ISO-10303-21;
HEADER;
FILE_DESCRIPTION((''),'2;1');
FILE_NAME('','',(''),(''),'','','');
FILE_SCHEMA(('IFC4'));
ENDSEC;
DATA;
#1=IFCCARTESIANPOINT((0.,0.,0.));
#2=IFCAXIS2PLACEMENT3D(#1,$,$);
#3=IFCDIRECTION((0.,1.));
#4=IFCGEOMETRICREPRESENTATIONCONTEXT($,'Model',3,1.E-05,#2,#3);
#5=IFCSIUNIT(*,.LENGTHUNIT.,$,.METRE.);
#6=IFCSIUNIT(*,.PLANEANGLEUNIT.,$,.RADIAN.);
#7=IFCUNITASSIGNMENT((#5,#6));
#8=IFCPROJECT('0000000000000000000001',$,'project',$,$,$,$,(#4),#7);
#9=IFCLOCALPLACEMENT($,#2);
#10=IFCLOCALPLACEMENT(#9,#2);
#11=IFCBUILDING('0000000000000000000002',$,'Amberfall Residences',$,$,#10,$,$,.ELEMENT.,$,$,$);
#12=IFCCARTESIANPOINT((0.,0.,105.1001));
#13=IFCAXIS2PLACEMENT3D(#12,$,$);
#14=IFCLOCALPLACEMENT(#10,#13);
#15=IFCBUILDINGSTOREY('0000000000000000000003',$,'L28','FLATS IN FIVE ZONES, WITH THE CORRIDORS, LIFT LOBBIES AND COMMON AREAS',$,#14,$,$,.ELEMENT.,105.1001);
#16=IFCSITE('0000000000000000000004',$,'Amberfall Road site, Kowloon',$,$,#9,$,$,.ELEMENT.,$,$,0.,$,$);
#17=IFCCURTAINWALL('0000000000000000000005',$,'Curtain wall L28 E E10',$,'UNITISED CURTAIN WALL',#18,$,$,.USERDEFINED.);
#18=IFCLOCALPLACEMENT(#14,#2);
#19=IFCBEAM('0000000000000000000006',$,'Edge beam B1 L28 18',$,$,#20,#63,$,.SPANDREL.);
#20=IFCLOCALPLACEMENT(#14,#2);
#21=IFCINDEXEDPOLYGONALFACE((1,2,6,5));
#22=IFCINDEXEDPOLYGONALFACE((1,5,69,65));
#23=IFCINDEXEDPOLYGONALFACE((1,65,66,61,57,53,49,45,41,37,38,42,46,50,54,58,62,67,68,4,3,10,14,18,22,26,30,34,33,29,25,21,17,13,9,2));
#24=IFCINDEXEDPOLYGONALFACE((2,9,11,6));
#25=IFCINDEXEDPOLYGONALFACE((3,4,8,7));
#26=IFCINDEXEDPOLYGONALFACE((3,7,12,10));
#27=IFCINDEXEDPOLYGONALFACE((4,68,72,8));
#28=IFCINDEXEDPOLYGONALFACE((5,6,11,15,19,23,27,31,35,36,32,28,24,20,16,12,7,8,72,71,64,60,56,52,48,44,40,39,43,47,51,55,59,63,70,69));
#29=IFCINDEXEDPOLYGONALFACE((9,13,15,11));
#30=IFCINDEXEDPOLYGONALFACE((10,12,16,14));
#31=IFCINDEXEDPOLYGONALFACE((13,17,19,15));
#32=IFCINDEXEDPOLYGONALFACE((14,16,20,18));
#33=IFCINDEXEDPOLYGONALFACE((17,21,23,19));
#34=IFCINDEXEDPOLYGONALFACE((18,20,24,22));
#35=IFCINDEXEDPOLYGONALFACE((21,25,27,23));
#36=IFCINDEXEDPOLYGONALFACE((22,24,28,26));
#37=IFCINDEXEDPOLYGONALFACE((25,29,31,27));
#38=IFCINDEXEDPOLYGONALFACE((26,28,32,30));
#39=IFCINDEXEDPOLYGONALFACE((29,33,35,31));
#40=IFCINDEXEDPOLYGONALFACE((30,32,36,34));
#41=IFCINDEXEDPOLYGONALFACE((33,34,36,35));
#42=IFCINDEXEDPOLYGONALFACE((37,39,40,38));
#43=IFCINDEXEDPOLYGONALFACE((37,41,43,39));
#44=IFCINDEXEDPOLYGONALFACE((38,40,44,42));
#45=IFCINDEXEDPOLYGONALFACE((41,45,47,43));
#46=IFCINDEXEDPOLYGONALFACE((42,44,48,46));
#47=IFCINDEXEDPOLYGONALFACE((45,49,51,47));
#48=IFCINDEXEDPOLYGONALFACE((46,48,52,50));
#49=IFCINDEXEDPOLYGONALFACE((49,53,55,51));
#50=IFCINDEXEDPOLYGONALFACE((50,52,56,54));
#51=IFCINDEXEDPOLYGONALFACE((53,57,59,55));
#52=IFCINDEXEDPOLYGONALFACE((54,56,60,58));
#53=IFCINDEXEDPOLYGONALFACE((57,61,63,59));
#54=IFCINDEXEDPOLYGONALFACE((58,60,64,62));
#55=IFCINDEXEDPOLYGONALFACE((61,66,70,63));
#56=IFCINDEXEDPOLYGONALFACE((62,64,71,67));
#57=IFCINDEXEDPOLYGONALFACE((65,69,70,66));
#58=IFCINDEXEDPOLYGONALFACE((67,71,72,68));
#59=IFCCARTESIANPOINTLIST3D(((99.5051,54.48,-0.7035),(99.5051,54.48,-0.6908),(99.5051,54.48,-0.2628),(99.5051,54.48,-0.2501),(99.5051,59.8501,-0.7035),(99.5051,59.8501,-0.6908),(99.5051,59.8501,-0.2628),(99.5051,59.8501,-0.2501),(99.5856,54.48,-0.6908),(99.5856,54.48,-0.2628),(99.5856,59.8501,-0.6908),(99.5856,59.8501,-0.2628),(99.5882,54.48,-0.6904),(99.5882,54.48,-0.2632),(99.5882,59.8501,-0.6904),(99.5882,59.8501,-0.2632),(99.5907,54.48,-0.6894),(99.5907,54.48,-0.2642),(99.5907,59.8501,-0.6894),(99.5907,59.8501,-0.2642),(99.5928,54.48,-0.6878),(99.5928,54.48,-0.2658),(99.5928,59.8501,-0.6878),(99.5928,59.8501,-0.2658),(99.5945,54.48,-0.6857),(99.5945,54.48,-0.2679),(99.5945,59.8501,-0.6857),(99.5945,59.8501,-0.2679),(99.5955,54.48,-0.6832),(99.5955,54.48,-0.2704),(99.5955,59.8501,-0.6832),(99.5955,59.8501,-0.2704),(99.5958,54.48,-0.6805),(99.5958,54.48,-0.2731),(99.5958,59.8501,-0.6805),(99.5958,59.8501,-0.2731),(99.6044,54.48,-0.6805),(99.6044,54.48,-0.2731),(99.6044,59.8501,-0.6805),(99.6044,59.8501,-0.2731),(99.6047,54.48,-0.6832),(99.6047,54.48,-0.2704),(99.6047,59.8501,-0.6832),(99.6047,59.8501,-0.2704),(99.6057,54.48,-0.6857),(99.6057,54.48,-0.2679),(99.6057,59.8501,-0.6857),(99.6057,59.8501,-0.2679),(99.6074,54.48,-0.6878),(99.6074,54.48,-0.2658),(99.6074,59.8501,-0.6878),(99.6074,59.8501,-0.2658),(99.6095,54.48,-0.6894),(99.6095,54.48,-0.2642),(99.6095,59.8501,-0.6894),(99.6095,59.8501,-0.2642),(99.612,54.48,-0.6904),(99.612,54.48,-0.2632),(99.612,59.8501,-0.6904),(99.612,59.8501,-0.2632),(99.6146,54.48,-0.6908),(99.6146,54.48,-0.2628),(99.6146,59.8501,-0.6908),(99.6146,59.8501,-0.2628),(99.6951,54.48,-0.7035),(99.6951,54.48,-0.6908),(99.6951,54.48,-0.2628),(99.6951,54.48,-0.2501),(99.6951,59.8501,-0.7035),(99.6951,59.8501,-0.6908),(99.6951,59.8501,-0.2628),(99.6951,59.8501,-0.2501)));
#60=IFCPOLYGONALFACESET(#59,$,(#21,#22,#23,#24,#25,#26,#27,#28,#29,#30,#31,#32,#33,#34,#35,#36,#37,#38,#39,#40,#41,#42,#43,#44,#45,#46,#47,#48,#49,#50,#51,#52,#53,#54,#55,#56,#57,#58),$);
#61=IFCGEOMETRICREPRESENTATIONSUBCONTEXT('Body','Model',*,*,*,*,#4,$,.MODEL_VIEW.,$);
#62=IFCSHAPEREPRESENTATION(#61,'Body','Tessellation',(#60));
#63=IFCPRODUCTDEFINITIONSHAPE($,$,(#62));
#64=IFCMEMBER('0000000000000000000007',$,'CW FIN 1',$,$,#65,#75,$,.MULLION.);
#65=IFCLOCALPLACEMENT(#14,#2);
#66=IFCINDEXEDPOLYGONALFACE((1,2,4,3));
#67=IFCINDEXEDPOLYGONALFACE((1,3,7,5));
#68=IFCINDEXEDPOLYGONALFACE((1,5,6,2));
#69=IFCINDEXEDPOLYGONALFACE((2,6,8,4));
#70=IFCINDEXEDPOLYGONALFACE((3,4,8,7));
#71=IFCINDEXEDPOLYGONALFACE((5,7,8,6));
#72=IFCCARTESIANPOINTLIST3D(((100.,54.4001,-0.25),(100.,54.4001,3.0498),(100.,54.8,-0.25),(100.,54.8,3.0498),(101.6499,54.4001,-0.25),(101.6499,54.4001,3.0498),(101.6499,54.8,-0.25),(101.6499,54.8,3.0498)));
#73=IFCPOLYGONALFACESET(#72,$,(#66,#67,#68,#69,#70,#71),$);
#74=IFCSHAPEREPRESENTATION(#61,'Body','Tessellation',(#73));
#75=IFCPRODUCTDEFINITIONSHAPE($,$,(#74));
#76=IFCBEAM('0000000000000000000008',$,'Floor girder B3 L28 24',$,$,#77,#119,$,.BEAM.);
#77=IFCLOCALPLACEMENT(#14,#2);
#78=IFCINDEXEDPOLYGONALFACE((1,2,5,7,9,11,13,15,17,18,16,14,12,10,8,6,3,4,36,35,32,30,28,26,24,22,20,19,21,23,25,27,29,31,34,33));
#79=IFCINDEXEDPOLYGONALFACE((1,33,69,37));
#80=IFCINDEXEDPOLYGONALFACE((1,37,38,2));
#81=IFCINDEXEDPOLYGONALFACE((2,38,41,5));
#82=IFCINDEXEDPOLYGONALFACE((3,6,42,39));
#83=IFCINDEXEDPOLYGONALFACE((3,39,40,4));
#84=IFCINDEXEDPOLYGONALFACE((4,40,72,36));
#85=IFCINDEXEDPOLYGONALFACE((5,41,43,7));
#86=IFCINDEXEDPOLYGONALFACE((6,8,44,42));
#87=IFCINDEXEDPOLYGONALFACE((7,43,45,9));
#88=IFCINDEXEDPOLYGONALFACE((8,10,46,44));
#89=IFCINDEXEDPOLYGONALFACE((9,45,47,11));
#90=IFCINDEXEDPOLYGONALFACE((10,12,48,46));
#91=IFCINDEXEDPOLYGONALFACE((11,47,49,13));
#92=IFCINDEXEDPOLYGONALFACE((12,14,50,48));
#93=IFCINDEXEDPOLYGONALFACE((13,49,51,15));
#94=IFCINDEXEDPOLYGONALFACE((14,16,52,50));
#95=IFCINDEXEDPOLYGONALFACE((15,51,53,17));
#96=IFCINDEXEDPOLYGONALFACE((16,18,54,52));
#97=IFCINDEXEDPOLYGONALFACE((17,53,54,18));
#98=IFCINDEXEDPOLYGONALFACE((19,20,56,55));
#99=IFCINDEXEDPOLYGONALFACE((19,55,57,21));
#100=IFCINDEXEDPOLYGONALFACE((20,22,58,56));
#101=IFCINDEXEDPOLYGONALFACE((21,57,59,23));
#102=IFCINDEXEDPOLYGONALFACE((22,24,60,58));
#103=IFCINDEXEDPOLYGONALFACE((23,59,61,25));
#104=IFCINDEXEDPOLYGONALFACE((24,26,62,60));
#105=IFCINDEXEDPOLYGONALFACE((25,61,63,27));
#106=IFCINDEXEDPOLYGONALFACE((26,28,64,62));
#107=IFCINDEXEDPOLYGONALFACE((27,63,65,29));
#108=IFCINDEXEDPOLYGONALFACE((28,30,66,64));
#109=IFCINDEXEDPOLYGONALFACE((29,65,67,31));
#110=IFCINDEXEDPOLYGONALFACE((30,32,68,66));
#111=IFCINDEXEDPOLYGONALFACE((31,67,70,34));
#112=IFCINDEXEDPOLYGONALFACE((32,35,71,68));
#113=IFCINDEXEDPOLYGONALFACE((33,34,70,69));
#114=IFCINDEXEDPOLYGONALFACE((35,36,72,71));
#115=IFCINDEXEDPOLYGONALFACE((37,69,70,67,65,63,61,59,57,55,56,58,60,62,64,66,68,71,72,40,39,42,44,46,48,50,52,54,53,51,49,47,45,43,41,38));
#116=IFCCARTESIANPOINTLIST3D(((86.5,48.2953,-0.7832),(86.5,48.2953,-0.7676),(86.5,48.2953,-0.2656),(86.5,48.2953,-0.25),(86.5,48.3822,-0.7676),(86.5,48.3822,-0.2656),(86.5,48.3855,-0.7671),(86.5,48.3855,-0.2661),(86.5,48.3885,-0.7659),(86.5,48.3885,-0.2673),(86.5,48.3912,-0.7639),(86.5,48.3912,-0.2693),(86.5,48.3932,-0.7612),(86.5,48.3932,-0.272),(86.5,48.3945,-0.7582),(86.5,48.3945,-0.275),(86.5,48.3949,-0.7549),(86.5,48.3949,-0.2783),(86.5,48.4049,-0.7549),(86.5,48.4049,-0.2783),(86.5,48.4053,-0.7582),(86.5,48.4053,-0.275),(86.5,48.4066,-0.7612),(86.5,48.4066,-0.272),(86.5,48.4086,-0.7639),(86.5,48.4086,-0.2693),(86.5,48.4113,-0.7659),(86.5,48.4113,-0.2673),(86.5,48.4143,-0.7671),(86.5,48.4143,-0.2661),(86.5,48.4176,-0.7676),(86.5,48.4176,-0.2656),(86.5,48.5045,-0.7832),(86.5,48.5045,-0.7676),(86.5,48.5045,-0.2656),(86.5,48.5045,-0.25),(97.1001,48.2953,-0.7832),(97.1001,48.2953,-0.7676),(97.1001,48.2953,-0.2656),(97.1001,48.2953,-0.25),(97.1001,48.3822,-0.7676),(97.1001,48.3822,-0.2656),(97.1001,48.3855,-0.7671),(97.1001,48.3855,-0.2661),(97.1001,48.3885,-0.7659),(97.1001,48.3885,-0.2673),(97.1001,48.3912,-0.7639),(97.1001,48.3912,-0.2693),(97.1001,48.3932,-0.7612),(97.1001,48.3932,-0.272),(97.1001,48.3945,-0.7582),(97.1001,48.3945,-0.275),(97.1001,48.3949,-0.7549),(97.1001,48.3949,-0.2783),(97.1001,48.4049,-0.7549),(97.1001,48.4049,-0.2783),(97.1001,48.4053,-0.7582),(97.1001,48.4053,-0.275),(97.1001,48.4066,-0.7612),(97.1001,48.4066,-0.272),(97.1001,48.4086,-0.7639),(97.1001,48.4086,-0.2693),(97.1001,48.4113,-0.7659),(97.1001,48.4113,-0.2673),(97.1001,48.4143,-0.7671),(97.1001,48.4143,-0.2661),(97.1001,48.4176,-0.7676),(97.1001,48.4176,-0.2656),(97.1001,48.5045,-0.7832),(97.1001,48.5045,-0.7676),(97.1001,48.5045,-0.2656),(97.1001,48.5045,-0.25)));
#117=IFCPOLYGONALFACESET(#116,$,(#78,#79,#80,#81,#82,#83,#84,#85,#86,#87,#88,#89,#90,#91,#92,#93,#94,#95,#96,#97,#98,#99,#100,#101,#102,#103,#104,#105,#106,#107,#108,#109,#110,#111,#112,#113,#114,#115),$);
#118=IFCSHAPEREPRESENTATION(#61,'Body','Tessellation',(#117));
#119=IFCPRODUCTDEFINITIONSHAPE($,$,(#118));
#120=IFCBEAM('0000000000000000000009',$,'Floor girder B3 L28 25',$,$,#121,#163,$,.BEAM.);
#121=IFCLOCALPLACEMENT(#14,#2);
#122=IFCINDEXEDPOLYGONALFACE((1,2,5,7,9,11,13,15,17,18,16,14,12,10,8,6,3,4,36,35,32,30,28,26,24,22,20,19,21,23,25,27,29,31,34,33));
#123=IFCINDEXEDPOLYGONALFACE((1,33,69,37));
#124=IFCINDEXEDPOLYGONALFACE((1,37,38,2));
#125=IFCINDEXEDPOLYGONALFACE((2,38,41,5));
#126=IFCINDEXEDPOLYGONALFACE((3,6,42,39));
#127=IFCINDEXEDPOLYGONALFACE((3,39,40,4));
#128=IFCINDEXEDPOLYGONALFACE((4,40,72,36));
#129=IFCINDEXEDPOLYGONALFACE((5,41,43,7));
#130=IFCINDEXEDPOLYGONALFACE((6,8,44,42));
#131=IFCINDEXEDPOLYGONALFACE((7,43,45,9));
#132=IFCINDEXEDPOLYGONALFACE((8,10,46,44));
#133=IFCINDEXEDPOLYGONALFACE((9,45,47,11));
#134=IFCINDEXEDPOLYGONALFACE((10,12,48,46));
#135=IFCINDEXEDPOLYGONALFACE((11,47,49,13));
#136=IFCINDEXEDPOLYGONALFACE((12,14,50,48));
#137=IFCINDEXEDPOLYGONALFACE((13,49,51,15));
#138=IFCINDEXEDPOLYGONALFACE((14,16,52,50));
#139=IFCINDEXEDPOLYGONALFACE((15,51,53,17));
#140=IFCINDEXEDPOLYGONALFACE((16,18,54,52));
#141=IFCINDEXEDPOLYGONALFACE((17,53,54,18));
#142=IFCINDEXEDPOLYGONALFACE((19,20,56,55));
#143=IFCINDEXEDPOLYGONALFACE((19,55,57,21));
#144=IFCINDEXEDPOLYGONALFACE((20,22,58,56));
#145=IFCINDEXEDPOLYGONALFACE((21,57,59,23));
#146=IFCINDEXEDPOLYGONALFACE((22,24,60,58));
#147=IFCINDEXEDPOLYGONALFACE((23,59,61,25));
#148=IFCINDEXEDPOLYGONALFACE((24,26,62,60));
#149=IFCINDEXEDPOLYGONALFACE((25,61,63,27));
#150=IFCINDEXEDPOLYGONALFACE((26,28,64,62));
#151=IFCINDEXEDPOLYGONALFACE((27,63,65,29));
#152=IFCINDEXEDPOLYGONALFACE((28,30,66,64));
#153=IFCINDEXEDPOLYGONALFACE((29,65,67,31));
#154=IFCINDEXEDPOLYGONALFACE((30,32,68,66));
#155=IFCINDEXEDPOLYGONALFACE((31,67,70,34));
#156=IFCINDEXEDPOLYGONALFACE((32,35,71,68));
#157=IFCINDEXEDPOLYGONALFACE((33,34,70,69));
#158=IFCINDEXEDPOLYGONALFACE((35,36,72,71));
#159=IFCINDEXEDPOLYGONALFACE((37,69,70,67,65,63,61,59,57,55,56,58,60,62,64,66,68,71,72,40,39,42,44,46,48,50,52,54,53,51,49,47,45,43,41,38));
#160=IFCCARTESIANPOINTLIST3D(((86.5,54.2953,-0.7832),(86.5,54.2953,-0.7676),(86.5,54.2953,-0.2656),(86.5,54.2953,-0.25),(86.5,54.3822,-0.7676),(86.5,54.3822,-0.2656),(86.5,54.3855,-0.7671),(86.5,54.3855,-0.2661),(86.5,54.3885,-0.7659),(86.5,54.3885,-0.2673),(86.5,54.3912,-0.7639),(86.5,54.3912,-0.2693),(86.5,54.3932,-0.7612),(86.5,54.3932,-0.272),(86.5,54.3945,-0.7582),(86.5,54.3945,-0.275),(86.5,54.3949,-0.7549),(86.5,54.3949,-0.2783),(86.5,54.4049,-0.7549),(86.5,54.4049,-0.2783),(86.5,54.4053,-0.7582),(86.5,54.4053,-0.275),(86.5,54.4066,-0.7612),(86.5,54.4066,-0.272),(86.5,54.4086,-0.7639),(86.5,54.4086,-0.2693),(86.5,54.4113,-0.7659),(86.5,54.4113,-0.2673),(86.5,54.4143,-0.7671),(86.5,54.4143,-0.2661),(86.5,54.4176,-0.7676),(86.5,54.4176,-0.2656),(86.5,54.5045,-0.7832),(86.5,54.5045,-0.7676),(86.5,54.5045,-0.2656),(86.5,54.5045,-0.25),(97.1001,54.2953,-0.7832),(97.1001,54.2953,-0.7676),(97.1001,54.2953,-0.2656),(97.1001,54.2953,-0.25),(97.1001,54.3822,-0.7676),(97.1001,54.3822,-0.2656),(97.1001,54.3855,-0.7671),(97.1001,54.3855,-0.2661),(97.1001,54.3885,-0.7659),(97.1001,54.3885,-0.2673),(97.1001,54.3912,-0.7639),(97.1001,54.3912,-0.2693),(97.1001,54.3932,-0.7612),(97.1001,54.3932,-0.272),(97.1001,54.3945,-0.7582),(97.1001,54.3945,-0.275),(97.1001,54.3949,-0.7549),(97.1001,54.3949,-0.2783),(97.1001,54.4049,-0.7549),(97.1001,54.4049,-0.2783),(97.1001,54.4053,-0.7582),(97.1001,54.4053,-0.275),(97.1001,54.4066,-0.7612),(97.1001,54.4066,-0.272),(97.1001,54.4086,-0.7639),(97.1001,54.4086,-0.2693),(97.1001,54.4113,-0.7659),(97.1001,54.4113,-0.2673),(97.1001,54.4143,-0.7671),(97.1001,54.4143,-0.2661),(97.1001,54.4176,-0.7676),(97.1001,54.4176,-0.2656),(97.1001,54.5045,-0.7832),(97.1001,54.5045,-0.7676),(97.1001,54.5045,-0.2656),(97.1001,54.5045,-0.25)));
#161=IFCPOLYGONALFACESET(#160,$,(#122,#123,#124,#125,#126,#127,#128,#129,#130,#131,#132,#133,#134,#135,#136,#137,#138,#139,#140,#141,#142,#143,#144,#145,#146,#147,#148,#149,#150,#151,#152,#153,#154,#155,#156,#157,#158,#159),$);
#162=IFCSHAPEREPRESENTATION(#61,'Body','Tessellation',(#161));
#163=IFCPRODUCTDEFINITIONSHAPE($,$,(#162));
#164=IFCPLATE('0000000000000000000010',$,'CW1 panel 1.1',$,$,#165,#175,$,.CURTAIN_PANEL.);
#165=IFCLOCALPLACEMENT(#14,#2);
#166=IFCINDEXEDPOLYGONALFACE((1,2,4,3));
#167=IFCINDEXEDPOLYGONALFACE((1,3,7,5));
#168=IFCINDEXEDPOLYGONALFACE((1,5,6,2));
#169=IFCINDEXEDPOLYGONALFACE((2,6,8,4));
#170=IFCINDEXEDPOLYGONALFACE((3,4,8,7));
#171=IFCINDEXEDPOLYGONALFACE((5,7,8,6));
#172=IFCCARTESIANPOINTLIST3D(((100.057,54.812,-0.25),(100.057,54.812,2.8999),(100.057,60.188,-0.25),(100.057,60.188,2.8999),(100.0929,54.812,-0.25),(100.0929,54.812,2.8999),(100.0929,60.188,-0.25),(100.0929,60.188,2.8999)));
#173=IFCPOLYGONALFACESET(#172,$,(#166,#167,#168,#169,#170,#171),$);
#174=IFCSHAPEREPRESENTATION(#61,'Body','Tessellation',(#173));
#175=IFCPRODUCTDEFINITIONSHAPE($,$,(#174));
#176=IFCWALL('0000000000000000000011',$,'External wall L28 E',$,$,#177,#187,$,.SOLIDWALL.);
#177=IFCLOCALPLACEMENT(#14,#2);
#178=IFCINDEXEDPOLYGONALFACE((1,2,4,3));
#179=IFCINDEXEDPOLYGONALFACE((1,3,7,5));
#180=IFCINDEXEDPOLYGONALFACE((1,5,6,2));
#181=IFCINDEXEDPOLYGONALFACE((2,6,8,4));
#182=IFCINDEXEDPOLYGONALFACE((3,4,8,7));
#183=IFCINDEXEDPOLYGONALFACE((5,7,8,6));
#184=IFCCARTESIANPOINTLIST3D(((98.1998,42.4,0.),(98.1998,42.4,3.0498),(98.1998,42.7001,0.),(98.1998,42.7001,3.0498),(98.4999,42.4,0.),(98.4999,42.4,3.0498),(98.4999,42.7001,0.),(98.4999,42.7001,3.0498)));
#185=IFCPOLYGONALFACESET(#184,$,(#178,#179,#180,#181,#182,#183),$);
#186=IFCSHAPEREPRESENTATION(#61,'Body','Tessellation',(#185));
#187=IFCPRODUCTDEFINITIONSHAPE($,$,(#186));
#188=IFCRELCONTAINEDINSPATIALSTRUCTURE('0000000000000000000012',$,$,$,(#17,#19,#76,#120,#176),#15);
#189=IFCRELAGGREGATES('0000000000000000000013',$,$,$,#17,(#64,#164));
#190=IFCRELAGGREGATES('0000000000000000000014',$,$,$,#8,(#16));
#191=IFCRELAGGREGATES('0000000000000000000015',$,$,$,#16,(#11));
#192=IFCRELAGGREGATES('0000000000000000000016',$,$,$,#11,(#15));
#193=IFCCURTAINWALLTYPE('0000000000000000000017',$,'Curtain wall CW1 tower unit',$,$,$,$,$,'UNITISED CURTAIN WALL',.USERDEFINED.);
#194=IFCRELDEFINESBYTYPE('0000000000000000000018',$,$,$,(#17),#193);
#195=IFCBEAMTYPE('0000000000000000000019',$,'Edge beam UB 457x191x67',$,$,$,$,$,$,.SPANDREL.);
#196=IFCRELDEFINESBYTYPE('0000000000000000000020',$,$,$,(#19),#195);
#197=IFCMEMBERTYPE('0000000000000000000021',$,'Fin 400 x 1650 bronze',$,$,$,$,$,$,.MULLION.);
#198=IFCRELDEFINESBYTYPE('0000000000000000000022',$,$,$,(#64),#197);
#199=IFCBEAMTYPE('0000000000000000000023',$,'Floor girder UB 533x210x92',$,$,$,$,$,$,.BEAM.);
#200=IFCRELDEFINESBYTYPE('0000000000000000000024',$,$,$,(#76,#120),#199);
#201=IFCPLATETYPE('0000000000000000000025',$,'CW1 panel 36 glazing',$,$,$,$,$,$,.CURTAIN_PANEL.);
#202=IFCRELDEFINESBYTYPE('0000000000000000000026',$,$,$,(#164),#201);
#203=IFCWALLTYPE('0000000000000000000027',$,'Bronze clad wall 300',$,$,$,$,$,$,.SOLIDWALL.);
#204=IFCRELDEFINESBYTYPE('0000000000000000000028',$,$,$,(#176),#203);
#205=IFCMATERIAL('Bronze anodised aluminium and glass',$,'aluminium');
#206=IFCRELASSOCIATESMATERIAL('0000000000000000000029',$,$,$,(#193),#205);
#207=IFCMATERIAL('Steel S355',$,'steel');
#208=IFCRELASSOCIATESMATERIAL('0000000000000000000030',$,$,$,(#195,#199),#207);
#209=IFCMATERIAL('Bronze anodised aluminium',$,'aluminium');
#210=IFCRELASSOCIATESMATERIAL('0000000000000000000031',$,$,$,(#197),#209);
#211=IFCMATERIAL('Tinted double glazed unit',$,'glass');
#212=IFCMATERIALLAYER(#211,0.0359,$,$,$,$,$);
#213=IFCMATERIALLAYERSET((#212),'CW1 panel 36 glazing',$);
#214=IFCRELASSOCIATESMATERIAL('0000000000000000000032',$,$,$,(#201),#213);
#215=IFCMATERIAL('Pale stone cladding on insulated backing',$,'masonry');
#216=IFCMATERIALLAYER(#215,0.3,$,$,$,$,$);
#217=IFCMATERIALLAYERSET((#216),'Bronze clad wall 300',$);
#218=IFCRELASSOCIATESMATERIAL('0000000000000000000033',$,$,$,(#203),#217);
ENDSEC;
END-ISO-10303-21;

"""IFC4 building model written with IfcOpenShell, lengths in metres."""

from ifc_helpers import new_model, si_unit, direction, frame, frame_2d, origin, origin_2d, place, context, subcontext, project, spatial, rectangle, i_section, extrude, material, layer, layer_set, material_profile, profile_set, type_object, element, aggregate, save


model = new_model("IFC4")

# Units and contexts
model_context = context("Model", 3, precision=1e-05, world=origin(), true_north=direction((0.0, 1.0)))
body_context = subcontext(model_context, "Body", "Model", "MODEL_VIEW")
ifc_project = project(units=[si_unit("LENGTHUNIT", "METRE"), si_unit("PLANEANGLEUNIT", "RADIAN")], contexts=[model_context])

# Site, building, storey
site_placement = place(None, origin())
site = spatial("IfcSite", under=ifc_project, at=site_placement, Name="Amberfall Road site, Kowloon", CompositionType="ELEMENT", RefElevation=0.0)
building_placement = place(site_placement, origin())
building = spatial("IfcBuilding", under=site, at=building_placement, Name="Amberfall Residences", CompositionType="ELEMENT")
storey_placement = place(building_placement, frame((0.0, 0.0, 105.1001)))
storey = spatial("IfcBuildingStorey", under=building, at=storey_placement, Name="L28", Description="FLATS IN FIVE ZONES, WITH THE CORRIDORS, LIFT LOBBIES AND COMMON AREAS", CompositionType="ELEMENT", Elevation=105.1001)

# Curtain wall
ifc_material_1 = material(Name="Bronze anodised aluminium and glass", Category="aluminium")
curtain_wall_type = type_object("IfcCurtainWallType", Name="Curtain wall CW1 tower unit", ElementType="UNITISED CURTAIN WALL", PredefinedType="USERDEFINED", material=ifc_material_1)
curtain_wall_placement = place(storey_placement, origin())
curtain_wall = element("IfcCurtainWall", 1, at=curtain_wall_placement, inside=storey, type_object=curtain_wall_type, Name="Curtain wall L28 E E10", ObjectType="UNITISED CURTAIN WALL", PredefinedType="USERDEFINED")
ifc_material_2 = material(Name="Bronze anodised aluminium", Category="aluminium")

# Beam
ifc_material_3 = material(Name="Steel S355", Category="steel")
ifc_material_profile_1 = material_profile(ifc_material_3, i_section(OverallWidth=0.1899, OverallDepth=0.4534, WebThickness=0.0085, FlangeThickness=0.0127, FilletRadius=0.0103, at=origin_2d()), Name="UB 457x191x67")
ifc_profile_set_1 = profile_set([ifc_material_profile_1], Name="Steel S355")
beam_type_1 = type_object("IfcBeamType", Name="Edge beam UB 457x191x67", PredefinedType="SPANDREL", material=ifc_profile_set_1)
beam_1_placement = place(storey_placement, frame((99.6001, 54.48, -0.4768), z_axis=(0.0, 1.0, 0.0), x_axis=(-1.0, 0.0, 0.0)))
element("IfcBeam", 2, at=beam_1_placement, inside=storey, type_object=beam_type_1, Name="Edge beam B1 L28 18", PredefinedType="SPANDREL", context=body_context, shape_type="SweptSolid", body=[
    extrude(i_section(OverallWidth=0.1899, OverallDepth=0.4534, WebThickness=0.0085, FlangeThickness=0.0127, FilletRadius=0.0103, at=origin_2d()), origin(), (0.0, 0.0, 1.0), 5.3701),
])

# Member
ifc_material_profile_2 = material_profile(ifc_material_2, rectangle(XDim=1.6499, YDim=0.3999, at=origin_2d()), Name="Fin 400 x 1650 bronze")
ifc_profile_set_2 = profile_set([ifc_material_profile_2], Name="Bronze anodised aluminium")
member_type_1 = type_object("IfcMemberType", Name="Fin 400 x 1650 bronze", PredefinedType="MULLION", material=ifc_profile_set_2)
member_1_placement = place(storey_placement, frame((100.825, 54.6001, -0.25), z_axis=(0.0, 0.0, 1.0), x_axis=(-1.0, 0.0, 0.0)))
member_1 = element("IfcMember", 3, at=member_1_placement, type_object=member_type_1, Name="CW FIN 1", PredefinedType="MULLION", context=body_context, shape_type="SweptSolid", body=[
    extrude(rectangle(XDim=1.6499, YDim=0.3999, at=origin_2d()), origin(), (0.0, 0.0, 1.0), 3.2998),
])

# Beams
ifc_material_profile_3 = material_profile(ifc_material_3, i_section(OverallWidth=0.2092, OverallDepth=0.5332, WebThickness=0.01, FlangeThickness=0.0156, FilletRadius=0.0127, at=origin_2d()), Name="UB 533x210x92")
ifc_profile_set_3 = profile_set([ifc_material_profile_3], Name="Steel S355")
beam_type_2 = type_object("IfcBeamType", Name="Floor girder UB 533x210x92", PredefinedType="BEAM", material=ifc_profile_set_3)
for number, where, z_axis, x_axis, name in (
    (4, (97.1001, 48.3999, -0.5166), (-1.0, 0.0, 0.0), (0.0, -1.0, 0.0), "Floor girder B3 L28 24"),
    (5, (97.1001, 54.3999, -0.5166), (-1.0, 0.0, 0.0), (0.0, -1.0, 0.0), "Floor girder B3 L28 25"),
):
    element("IfcBeam", number, at=place(storey_placement, frame(where, z_axis=z_axis, x_axis=x_axis)), inside=storey, type_object=beam_type_2, Name=name, PredefinedType="BEAM", context=body_context, shape_type="SweptSolid", body=[
        extrude(i_section(OverallWidth=0.2092, OverallDepth=0.5332, WebThickness=0.01, FlangeThickness=0.0156, FilletRadius=0.0127, at=origin_2d()), origin(), (0.0, 0.0, 1.0), 10.6001),
    ])

# Plate
ifc_material_4 = material(Name="Tinted double glazed unit", Category="glass")
ifc_layer_1 = layer(ifc_material_4, 0.0359)
ifc_layer_set_1 = layer_set([ifc_layer_1], Name="CW1 panel 36 glazing")
plate_type = type_object("IfcPlateType", Name="CW1 panel 36 glazing", PredefinedType="CURTAIN_PANEL", material=ifc_layer_set_1)
plate_placement = place(storey_placement, frame((100.075, 57.5, -0.25), z_axis=(0.0, 0.0, 1.0), x_axis=(0.0, 1.0, 0.0)))
plate = element("IfcPlate", 6, at=plate_placement, type_object=plate_type, Name="CW1 panel 1.1", PredefinedType="CURTAIN_PANEL", context=body_context, shape_type="SweptSolid", body=[
    extrude(rectangle(XDim=5.376, YDim=0.0359, at=origin_2d()), origin(), (0.0, 0.0, 1.0), 3.1499),
])
aggregate(curtain_wall, [member_1, plate])

# Wall
ifc_material_5 = material(Name="Pale stone cladding on insulated backing", Category="masonry")
ifc_layer_2 = layer(ifc_material_5, 0.3)
ifc_layer_set_2 = layer_set([ifc_layer_2], Name="Bronze clad wall 300")
wall_type_1 = type_object("IfcWallType", Name="Bronze clad wall 300", PredefinedType="SOLIDWALL", material=ifc_layer_set_2)
wall_1_placement = place(storey_placement, frame((98.2, 42.55, 0.0), z_axis=(0.0, 0.0, 1.0), x_axis=(1.0, 0.0, 0.0)))
element("IfcWall", 7, at=wall_1_placement, inside=storey, type_object=wall_type_1, Name="External wall L28 E", PredefinedType="SOLIDWALL", context=body_context, shape_type="SweptSolid", body=[
    extrude(rectangle(XDim=0.3, YDim=0.3, at=frame_2d((0.1499, 0.0))), origin(), (0.0, 0.0, 1.0), 3.0498),
])

save(model, "model.ifc")
